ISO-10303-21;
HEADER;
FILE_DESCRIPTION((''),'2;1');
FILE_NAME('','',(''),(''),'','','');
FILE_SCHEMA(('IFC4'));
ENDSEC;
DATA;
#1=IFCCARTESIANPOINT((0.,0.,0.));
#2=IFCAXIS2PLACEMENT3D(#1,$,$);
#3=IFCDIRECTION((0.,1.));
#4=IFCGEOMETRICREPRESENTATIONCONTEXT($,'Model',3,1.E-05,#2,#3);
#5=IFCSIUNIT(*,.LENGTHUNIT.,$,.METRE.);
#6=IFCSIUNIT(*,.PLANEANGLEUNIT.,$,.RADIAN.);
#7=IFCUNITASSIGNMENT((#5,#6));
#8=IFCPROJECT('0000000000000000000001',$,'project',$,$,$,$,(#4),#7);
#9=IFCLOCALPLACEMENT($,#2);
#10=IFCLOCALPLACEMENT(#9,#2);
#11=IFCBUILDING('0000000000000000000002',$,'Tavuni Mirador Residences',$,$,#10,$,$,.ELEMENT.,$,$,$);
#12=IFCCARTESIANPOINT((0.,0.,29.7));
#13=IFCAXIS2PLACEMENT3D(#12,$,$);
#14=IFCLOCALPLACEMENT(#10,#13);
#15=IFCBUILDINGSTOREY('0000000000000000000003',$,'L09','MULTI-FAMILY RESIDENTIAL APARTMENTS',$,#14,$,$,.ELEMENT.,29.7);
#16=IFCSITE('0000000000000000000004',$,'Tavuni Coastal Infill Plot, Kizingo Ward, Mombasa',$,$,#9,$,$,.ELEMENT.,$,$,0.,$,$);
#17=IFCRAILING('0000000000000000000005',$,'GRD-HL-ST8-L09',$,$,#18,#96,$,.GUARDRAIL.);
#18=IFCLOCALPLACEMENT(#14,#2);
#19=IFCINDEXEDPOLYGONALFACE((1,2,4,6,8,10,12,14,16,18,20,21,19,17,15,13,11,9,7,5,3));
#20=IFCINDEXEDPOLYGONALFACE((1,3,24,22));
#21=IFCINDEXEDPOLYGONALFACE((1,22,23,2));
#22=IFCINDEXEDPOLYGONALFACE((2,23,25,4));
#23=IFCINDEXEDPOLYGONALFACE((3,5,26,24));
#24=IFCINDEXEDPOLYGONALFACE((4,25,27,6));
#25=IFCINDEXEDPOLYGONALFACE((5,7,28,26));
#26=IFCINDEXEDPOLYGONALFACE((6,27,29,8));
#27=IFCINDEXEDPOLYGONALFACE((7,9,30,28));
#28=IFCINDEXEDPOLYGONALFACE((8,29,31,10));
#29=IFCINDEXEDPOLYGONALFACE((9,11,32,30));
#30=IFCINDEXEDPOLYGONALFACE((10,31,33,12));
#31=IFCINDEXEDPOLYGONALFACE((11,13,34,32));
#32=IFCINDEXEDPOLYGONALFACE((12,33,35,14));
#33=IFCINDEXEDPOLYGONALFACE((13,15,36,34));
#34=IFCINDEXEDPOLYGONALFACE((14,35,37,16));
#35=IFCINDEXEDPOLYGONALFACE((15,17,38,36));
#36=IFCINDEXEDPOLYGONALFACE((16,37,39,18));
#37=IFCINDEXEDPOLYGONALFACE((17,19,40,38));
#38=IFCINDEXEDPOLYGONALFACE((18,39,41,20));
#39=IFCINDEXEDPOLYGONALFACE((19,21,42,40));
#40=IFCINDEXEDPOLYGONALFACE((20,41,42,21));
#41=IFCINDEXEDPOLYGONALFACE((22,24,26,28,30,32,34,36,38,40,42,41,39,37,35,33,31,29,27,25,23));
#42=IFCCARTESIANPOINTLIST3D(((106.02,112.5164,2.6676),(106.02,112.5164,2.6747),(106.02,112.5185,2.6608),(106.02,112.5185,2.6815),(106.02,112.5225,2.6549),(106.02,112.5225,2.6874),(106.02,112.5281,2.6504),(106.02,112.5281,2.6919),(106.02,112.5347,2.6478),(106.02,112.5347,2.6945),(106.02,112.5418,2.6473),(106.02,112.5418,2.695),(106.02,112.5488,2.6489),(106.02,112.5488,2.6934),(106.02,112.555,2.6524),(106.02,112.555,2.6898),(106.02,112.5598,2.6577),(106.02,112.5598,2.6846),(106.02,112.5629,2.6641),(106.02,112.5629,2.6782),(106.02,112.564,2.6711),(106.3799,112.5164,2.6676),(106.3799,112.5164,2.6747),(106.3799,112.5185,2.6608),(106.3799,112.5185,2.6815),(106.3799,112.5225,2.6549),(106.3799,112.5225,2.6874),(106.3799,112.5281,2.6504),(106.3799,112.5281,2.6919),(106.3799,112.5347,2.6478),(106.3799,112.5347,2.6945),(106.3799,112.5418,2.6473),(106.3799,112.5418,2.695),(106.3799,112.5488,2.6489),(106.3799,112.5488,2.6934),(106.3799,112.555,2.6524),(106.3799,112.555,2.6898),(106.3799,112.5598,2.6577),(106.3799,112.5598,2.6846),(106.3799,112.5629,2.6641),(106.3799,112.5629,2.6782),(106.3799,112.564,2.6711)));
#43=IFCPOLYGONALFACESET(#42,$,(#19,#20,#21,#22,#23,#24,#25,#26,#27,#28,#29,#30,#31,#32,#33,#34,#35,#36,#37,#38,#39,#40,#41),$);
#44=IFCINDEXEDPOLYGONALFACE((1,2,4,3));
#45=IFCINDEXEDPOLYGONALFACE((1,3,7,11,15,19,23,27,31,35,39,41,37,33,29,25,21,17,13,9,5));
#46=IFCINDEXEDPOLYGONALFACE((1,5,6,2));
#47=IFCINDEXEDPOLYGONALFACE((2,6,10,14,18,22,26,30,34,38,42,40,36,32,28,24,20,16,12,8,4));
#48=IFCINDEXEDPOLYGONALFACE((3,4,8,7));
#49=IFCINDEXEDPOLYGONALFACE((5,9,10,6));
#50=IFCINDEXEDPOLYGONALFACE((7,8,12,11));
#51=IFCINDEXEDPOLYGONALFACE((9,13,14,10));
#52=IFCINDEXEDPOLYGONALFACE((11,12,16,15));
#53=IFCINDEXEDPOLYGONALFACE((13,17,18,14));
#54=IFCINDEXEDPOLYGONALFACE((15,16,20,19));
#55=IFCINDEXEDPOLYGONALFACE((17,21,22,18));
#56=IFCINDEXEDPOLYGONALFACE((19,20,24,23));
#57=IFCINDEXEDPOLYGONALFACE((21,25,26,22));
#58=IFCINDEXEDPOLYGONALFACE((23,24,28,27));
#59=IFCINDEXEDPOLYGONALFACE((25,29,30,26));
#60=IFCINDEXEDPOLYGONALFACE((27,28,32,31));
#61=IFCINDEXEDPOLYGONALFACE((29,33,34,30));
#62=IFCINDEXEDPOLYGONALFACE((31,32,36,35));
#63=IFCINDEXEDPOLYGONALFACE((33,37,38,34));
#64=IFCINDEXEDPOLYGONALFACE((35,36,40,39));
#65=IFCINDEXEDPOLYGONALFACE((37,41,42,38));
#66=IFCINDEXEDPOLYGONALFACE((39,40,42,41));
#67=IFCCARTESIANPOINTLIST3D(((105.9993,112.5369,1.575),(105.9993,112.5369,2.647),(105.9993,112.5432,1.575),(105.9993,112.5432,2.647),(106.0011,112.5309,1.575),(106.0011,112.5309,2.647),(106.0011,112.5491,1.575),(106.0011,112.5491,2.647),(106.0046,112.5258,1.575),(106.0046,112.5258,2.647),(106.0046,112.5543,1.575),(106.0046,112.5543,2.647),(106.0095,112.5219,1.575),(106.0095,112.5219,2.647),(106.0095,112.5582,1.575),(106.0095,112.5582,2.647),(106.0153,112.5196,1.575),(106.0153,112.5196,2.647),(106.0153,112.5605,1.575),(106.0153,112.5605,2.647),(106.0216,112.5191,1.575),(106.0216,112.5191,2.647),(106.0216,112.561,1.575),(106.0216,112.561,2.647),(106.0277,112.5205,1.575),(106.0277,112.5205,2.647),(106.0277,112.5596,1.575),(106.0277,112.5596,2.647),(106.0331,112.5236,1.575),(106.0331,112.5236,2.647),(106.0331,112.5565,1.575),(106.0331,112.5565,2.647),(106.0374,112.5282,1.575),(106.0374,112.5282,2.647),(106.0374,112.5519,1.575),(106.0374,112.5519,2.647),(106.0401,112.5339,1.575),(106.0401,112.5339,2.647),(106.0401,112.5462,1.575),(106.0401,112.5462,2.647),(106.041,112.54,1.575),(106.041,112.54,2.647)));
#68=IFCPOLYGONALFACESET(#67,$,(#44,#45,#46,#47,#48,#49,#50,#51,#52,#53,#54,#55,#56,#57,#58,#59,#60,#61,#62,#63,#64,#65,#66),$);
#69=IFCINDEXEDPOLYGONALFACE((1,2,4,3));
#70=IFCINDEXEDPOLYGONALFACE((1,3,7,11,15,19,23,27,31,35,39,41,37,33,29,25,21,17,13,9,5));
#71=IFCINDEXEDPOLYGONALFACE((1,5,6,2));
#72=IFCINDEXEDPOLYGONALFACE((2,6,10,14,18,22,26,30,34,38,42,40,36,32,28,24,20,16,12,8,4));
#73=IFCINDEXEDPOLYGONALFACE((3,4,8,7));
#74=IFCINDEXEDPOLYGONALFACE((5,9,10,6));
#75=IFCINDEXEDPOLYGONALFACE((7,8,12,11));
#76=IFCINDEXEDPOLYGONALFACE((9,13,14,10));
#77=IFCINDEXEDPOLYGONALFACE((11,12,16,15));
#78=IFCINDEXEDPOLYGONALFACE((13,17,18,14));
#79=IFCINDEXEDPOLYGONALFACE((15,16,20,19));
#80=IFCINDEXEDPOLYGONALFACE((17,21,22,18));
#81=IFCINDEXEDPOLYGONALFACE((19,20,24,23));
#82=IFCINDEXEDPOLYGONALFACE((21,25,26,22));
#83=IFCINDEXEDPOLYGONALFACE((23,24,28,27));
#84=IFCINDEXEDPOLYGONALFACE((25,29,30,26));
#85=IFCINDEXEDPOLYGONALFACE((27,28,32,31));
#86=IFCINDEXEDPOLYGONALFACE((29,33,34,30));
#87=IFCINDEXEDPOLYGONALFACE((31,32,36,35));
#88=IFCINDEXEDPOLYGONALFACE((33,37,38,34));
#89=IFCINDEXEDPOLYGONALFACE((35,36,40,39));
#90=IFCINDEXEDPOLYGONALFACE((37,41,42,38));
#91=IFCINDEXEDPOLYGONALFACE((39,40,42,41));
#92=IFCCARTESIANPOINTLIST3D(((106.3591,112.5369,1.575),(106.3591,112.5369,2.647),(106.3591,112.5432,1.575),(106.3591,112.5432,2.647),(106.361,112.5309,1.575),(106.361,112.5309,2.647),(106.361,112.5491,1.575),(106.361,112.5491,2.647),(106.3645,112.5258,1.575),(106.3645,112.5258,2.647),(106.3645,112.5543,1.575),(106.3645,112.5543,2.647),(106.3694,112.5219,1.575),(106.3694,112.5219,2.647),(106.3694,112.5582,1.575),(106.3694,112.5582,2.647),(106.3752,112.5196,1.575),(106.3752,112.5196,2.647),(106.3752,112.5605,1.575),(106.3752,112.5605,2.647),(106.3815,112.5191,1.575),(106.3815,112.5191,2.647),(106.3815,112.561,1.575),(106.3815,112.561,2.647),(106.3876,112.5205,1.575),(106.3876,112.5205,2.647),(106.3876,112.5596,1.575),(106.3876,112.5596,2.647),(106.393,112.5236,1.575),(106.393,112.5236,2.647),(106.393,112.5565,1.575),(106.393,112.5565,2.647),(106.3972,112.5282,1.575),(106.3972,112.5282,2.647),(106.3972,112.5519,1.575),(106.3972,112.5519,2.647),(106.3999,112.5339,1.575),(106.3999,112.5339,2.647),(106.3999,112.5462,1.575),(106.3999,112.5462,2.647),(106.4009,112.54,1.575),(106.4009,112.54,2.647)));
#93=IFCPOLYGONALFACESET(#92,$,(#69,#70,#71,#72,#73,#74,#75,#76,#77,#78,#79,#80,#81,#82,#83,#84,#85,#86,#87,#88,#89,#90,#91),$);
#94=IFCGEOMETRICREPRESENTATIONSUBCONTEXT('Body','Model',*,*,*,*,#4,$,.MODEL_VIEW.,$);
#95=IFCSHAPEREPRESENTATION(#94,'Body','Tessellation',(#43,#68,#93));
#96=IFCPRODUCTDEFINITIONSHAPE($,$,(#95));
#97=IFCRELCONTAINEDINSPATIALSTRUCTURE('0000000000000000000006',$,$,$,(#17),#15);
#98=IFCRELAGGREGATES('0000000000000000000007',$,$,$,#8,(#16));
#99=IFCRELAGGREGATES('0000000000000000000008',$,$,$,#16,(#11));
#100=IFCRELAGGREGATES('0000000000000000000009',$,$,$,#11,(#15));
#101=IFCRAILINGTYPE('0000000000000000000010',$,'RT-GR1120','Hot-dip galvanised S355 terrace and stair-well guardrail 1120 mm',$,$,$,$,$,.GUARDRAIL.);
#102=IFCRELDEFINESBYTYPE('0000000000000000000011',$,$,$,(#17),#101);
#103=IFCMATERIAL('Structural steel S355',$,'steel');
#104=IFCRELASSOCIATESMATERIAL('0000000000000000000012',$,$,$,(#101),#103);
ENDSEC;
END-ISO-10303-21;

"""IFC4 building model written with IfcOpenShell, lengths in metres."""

from ifc_helpers import new_model, si_unit, direction, frame, origin, origin_2d, place, context, subcontext, project, spatial, circle, extrude, material, type_object, element, save


model = new_model("IFC4")

# Units and contexts
model_context = context("Model", 3, precision=1e-05, world=origin(), true_north=direction((0.0, 1.0)))
body_context = subcontext(model_context, "Body", "Model", "MODEL_VIEW")
ifc_project = project(units=[si_unit("LENGTHUNIT", "METRE"), si_unit("PLANEANGLEUNIT", "RADIAN")], contexts=[model_context])

# Site, building, storey
site_placement = place(None, origin())
site = spatial("IfcSite", under=ifc_project, at=site_placement, Name="Tavuni Coastal Infill Plot, Kizingo Ward, Mombasa", CompositionType="ELEMENT", RefElevation=0.0)
building_placement = place(site_placement, origin())
building = spatial("IfcBuilding", under=site, at=building_placement, Name="Tavuni Mirador Residences", CompositionType="ELEMENT")
storey_placement = place(building_placement, frame((0.0, 0.0, 29.7)))
storey = spatial("IfcBuildingStorey", under=building, at=storey_placement, Name="L09", Description="MULTI-FAMILY RESIDENTIAL APARTMENTS", CompositionType="ELEMENT", Elevation=29.7)

# Shared definitions
ifc_material_1 = material(Name="Structural steel S355", Category="steel")

# Railing
railing_type_1 = type_object("IfcRailingType", Name="RT-GR1120", Description="Hot-dip galvanised S355 terrace and stair-well guardrail 1120 mm", PredefinedType="GUARDRAIL", material=ifc_material_1)
railing_1_placement = place(storey_placement, frame((106.02, 112.54, 1.575)))
element("IfcRailing", 1, at=railing_1_placement, inside=storey, type_object=railing_type_1, Name="GRD-HL-ST8-L09", PredefinedType="GUARDRAIL", context=body_context, shape_type="SweptSolid", body=[
    extrude(circle(Radius=0.0239, at=origin_2d()), frame((0.0, 0.0, 1.0962), z_axis=(1.0, 0.0, 0.0), x_axis=(0.0, 1.0, 0.0)), (0.0, 0.0, 1.0), 0.3599),
    extrude(circle(Radius=0.021, at=origin_2d()), origin(), (0.0, 0.0, 1.0), 1.072),
    extrude(circle(Radius=0.021, at=origin_2d()), frame((0.3599, 0.0, 0.0)), (0.0, 0.0, 1.0), 1.072),
])

save(model, "model.ifc")
